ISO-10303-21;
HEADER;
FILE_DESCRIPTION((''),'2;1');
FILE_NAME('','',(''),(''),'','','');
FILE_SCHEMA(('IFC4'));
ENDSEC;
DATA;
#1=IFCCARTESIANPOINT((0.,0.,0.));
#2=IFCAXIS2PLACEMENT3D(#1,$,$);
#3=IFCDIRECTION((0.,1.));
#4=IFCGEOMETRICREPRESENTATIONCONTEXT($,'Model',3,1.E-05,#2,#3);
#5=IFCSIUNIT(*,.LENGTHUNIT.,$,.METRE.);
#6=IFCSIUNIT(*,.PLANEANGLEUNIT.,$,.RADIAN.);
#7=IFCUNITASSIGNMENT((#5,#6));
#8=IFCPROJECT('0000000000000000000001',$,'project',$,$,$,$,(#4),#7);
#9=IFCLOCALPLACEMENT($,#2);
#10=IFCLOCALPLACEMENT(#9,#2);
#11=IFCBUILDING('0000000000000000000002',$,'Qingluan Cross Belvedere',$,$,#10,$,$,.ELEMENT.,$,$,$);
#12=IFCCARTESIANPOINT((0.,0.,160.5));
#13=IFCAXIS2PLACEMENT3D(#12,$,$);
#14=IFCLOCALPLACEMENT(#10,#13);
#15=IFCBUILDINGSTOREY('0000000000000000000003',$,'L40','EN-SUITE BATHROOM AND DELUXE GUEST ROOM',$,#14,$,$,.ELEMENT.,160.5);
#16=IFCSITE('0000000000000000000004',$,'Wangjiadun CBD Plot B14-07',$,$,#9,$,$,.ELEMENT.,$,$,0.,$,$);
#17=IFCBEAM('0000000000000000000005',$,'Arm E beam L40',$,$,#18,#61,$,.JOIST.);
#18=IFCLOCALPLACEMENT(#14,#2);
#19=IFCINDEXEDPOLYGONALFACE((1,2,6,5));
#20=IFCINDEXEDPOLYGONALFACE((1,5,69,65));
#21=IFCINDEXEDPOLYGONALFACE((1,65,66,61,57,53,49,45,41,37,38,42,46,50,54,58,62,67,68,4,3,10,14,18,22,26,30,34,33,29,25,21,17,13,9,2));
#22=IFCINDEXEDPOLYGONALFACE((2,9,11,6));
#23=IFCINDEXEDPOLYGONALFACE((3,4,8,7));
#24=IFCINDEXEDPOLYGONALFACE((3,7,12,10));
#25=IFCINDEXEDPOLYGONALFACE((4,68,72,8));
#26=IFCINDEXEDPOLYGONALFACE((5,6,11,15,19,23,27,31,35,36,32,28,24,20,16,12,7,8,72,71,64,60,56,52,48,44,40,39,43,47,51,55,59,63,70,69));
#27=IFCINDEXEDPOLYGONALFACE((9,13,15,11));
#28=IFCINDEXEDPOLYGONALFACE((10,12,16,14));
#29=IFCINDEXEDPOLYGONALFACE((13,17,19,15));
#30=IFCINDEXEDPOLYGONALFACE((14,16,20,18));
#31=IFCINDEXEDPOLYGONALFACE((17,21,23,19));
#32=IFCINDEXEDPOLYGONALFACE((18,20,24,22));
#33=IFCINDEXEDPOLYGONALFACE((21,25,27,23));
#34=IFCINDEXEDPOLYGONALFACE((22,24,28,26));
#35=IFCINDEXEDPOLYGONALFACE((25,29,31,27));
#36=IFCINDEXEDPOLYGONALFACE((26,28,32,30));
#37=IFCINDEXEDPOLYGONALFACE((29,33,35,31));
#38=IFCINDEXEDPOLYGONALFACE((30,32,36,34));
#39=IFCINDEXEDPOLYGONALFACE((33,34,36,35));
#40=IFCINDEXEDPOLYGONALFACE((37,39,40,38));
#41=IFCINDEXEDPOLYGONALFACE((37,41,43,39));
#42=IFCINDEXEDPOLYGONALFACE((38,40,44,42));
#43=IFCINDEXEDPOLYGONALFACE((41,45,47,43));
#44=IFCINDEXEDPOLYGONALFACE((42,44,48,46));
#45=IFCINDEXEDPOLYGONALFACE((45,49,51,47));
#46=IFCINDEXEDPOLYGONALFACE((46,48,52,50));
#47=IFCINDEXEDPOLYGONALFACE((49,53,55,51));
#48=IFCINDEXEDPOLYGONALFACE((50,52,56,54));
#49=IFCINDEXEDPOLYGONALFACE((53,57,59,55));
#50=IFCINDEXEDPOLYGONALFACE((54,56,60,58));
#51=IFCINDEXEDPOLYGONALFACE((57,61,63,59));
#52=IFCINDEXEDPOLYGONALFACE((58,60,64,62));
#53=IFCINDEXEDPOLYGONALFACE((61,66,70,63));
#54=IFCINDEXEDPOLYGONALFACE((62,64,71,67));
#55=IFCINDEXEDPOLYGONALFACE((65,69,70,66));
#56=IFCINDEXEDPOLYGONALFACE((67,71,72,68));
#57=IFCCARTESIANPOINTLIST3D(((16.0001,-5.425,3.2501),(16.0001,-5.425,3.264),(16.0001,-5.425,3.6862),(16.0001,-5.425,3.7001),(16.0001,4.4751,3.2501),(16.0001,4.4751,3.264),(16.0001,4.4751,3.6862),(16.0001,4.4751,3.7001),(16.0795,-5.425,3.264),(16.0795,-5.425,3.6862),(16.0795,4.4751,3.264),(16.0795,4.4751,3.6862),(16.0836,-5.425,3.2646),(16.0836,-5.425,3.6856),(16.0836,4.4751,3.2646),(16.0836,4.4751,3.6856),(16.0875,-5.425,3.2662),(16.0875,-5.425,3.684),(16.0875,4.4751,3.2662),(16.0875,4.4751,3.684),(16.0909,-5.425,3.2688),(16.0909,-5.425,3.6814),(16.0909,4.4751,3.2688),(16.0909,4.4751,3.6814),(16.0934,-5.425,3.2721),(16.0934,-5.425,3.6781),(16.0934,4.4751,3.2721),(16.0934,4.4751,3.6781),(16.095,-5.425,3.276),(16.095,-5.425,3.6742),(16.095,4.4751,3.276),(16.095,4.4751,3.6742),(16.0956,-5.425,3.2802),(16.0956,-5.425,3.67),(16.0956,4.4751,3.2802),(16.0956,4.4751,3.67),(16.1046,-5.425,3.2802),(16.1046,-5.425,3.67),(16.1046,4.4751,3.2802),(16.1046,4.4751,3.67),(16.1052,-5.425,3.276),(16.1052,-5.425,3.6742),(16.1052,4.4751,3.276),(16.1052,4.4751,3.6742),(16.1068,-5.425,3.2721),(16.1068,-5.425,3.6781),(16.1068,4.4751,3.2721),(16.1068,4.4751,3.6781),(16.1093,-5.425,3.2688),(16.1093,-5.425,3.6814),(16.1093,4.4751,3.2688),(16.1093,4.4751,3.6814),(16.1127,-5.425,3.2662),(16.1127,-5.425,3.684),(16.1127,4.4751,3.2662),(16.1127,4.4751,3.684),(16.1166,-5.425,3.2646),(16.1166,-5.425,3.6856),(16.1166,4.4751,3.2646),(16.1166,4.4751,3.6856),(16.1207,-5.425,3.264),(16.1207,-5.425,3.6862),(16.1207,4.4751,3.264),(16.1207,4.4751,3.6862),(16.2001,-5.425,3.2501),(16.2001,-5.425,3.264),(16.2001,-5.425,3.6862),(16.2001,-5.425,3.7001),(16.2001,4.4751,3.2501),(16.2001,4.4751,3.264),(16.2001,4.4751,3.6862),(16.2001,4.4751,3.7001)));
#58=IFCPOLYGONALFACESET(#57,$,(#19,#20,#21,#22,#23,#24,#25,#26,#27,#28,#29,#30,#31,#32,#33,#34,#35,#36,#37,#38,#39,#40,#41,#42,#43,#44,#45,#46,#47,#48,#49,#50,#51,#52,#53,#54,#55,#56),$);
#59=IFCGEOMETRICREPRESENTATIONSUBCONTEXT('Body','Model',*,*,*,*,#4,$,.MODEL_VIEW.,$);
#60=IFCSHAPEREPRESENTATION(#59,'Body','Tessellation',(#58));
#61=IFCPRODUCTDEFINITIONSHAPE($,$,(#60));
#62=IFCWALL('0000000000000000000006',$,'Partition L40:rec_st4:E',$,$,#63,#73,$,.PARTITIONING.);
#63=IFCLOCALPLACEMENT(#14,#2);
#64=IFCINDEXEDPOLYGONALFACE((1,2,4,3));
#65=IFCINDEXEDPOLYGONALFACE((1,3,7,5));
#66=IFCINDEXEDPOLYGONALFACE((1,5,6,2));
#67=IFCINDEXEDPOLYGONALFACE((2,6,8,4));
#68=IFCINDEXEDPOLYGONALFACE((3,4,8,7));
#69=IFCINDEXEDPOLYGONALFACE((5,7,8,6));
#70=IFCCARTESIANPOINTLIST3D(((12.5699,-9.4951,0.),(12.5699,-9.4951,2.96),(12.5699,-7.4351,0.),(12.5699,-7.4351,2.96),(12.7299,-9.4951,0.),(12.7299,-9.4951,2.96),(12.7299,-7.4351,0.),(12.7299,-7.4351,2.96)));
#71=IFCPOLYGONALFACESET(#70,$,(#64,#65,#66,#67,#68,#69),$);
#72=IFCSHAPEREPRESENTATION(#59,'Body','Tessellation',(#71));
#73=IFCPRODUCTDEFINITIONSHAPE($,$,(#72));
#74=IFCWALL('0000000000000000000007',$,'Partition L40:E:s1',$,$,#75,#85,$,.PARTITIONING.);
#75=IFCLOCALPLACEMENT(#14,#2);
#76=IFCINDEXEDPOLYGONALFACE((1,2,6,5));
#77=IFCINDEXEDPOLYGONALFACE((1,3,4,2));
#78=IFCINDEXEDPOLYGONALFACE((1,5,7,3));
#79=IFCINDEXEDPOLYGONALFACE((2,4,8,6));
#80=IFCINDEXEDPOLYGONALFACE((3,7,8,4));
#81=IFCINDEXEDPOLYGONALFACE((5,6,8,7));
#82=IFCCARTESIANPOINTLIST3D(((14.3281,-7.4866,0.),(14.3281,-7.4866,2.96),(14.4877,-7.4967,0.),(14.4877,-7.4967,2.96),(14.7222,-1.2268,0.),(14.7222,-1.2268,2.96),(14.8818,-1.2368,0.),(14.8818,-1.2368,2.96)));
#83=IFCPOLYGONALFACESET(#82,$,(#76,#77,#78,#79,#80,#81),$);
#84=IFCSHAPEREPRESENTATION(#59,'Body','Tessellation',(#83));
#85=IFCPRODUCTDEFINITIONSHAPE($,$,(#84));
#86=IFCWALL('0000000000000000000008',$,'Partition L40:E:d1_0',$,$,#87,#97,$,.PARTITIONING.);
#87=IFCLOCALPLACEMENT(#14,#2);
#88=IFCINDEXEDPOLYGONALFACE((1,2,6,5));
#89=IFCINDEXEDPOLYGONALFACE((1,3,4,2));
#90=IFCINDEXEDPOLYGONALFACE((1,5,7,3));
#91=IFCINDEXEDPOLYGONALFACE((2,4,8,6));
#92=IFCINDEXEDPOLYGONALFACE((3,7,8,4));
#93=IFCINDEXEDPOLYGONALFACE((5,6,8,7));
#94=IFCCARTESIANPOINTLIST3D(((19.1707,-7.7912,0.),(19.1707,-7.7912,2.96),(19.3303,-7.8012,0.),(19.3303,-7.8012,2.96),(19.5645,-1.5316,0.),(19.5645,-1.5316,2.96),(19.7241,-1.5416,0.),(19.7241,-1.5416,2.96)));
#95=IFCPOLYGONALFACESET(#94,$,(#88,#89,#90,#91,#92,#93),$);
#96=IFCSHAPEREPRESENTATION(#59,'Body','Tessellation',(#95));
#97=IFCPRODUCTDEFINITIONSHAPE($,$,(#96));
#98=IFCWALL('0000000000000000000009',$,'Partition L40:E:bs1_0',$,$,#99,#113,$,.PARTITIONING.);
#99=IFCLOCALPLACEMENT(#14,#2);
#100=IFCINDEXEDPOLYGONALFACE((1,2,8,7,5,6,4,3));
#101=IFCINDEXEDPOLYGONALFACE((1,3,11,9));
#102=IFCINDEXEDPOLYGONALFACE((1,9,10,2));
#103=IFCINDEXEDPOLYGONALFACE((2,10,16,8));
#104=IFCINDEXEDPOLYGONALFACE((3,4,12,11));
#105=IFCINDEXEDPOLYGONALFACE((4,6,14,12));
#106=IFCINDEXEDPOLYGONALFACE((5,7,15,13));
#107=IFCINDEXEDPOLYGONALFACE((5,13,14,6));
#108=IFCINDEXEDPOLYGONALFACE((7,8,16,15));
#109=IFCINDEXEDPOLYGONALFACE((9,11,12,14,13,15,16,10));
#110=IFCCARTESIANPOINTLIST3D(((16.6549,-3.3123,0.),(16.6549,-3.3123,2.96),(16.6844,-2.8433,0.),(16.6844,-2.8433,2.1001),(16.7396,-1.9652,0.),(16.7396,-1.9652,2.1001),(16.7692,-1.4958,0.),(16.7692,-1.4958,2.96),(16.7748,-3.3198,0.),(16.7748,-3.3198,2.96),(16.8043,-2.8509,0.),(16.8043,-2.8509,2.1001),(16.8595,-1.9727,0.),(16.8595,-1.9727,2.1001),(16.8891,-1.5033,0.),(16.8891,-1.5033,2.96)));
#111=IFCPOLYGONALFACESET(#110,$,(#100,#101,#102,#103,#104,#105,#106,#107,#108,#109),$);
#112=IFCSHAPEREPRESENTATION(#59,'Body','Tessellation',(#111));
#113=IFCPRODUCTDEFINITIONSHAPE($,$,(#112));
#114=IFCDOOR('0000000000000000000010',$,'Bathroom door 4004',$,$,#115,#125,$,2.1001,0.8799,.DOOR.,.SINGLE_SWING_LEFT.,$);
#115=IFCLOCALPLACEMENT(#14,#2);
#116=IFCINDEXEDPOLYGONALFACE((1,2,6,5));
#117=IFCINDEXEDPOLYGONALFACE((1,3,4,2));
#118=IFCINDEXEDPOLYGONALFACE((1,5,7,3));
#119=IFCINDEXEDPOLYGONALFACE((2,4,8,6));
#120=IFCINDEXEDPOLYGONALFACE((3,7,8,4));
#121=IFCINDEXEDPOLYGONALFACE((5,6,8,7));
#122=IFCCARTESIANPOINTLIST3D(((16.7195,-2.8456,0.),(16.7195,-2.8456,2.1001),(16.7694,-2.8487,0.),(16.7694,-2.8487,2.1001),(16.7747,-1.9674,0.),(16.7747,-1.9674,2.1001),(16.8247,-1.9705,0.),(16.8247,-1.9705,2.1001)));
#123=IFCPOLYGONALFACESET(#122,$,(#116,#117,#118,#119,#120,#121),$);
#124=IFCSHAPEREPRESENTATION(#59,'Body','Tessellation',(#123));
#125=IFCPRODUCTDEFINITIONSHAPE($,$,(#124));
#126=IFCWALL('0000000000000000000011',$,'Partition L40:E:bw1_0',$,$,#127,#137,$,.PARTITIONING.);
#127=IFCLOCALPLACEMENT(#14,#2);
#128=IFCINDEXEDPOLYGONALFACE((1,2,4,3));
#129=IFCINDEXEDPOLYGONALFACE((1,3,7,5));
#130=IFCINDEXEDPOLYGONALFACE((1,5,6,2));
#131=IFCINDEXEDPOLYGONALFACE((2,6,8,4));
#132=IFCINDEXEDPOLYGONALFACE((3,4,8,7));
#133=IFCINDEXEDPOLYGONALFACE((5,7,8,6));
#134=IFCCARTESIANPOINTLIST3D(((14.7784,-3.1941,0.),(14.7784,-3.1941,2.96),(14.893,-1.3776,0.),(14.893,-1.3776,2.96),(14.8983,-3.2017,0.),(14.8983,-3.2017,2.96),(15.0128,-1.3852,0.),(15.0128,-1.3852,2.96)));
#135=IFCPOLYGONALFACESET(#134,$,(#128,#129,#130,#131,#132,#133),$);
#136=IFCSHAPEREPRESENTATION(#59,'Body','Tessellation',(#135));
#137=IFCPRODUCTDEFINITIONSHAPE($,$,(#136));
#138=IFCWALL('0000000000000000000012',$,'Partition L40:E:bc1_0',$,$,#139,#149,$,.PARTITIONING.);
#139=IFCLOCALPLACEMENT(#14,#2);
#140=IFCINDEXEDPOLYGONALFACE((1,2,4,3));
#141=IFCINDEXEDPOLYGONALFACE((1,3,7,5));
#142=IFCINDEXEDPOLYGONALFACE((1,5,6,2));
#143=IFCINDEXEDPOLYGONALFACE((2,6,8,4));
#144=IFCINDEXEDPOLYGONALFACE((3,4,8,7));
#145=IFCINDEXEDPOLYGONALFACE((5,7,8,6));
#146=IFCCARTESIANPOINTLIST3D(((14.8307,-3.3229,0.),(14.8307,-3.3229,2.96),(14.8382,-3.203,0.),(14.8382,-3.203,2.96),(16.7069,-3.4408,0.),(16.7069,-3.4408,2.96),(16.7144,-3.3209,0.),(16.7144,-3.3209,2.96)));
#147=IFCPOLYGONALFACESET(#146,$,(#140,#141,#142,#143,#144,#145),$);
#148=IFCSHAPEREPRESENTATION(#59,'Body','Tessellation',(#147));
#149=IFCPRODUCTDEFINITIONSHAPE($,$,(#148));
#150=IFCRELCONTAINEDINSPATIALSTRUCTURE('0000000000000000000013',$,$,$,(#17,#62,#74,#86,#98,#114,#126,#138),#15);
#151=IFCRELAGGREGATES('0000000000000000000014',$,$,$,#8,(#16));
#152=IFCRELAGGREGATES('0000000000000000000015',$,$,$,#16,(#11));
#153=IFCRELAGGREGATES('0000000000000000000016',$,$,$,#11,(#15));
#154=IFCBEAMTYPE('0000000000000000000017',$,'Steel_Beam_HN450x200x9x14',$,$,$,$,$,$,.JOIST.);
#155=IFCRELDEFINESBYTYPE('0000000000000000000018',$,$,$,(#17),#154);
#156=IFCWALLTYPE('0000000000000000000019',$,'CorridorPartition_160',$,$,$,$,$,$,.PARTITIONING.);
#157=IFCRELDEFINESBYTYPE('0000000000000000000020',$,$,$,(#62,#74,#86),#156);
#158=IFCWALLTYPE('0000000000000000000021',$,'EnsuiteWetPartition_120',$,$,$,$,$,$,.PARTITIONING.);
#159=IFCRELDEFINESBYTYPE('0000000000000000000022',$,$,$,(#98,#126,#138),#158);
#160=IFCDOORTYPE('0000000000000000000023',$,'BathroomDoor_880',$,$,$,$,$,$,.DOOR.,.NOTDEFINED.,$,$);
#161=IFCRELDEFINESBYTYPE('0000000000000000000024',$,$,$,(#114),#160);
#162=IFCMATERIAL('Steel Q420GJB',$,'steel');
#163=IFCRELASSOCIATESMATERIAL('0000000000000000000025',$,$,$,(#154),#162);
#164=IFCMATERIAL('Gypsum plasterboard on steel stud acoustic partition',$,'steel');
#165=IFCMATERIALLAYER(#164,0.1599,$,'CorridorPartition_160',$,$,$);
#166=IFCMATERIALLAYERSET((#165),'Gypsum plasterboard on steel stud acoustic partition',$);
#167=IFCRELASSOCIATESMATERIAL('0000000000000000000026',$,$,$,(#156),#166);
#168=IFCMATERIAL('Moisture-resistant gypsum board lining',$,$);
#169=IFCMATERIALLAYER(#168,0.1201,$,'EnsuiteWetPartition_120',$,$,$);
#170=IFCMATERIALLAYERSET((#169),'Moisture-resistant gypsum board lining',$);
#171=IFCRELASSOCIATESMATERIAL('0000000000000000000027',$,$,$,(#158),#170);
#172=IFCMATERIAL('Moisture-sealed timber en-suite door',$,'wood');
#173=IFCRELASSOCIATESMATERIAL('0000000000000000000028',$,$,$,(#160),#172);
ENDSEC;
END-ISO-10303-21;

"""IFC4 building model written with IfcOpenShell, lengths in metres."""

from ifc_helpers import new_model, si_unit, direction, frame, frame_2d, origin, origin_2d, place, context, subcontext, project, spatial, rectangle, i_section, extrude, material, layer, layer_set, material_profile, profile_set, type_object, element, fill, save


model = new_model("IFC4")

# Units and contexts
model_context = context("Model", 3, precision=1e-05, world=origin(), true_north=direction((0.0, 1.0)))
body_context = subcontext(model_context, "Body", "Model", "MODEL_VIEW")
ifc_project = project(units=[si_unit("LENGTHUNIT", "METRE"), si_unit("PLANEANGLEUNIT", "RADIAN")], contexts=[model_context])

# Site, building, storey
site_placement = place(None, origin())
site = spatial("IfcSite", under=ifc_project, at=site_placement, Name="Wangjiadun CBD Plot B14-07", CompositionType="ELEMENT", RefElevation=0.0)
building_placement = place(site_placement, origin())
building = spatial("IfcBuilding", under=site, at=building_placement, Name="Qingluan Cross Belvedere", CompositionType="ELEMENT")
storey_placement = place(building_placement, frame((0.0, 0.0, 160.5)))
storey = spatial("IfcBuildingStorey", under=building, at=storey_placement, Name="L40", Description="EN-SUITE BATHROOM AND DELUXE GUEST ROOM", CompositionType="ELEMENT", Elevation=160.5)

# Beam
ifc_material_1 = material(Name="Steel Q420GJB", Category="steel")
ifc_material_profile = material_profile(ifc_material_1, i_section(OverallWidth=0.2, OverallDepth=0.45, WebThickness=0.009, FlangeThickness=0.0139, FilletRadius=0.0161, at=origin_2d()), Name="HN450x200x9x14")
ifc_profile_set = profile_set([ifc_material_profile], Name="Steel Q420GJB")
beam_type = type_object("IfcBeamType", Name="Steel_Beam_HN450x200x9x14", PredefinedType="JOIST", material=ifc_profile_set)
beam_placement = place(storey_placement, frame((16.1001, -5.425, 3.4751), z_axis=(0.0, 1.0, 0.0), x_axis=(-1.0, 0.0, 0.0)))
element("IfcBeam", 1, at=beam_placement, inside=storey, type_object=beam_type, Name="Arm E beam L40", PredefinedType="JOIST", context=body_context, shape_type="SweptSolid", body=[
    extrude(i_section(OverallWidth=0.2, OverallDepth=0.45, WebThickness=0.009, FlangeThickness=0.0139, FilletRadius=0.0161, at=origin_2d()), origin(), (0.0, 0.0, 1.0), 9.9001),
])

# Wall
ifc_material_2 = material(Name="Gypsum plasterboard on steel stud acoustic partition", Category="steel")
ifc_layer_1 = layer(ifc_material_2, 0.1599, Name="CorridorPartition_160")
ifc_layer_set_1 = layer_set([ifc_layer_1], Name="Gypsum plasterboard on steel stud acoustic partition")
wall_type_1 = type_object("IfcWallType", Name="CorridorPartition_160", PredefinedType="PARTITIONING", material=ifc_layer_set_1)
wall_1_placement = place(storey_placement, frame((12.6499, -9.4951, 0.0), z_axis=(0.0, 0.0, 1.0), x_axis=(0.0, 1.0, 0.0)))
element("IfcWall", 2, at=wall_1_placement, inside=storey, type_object=wall_type_1, Name="Partition L40:rec_st4:E", PredefinedType="PARTITIONING", context=body_context, shape_type="SweptSolid", body=[
    extrude(rectangle(XDim=2.0601, YDim=0.1599, at=frame_2d((1.03, 0.0))), origin(), (0.0, 0.0, 1.0), 2.96),
])

# Walls
wall_2_placement = place(storey_placement, frame((14.802, -1.2317, 0.0), z_axis=(0.0, 0.0, 1.0), x_axis=(-0.062824, -0.998025, 0.0)))
element("IfcWall", 3, at=wall_2_placement, inside=storey, type_object=wall_type_1, Name="Partition L40:E:s1", PredefinedType="PARTITIONING", context=body_context, shape_type="SweptSolid", body=[
    extrude(rectangle(XDim=6.2722, YDim=0.1599, at=frame_2d((3.1362, 0.0))), origin(), (0.0, 0.0, 1.0), 2.96),
])
wall_3_placement = place(storey_placement, frame((19.6443, -1.5366, 0.0), z_axis=(0.0, 0.0, 1.0), x_axis=(-0.062788, -0.998027, 0.0)))
element("IfcWall", 4, at=wall_3_placement, inside=storey, type_object=wall_type_1, Name="Partition L40:E:d1_0", PredefinedType="PARTITIONING", context=body_context, shape_type="SweptSolid", body=[
    extrude(rectangle(XDim=6.272, YDim=0.1599, at=frame_2d((3.136, 0.0))), origin(), (0.0, 0.0, 1.0), 2.96),
])

# Wall, opening, door
ifc_material_3 = material(Name="Moisture-resistant gypsum board lining")
ifc_layer_2 = layer(ifc_material_3, 0.1201, Name="EnsuiteWetPartition_120")
ifc_layer_set_2 = layer_set([ifc_layer_2], Name="Moisture-resistant gypsum board lining")
wall_type_2 = type_object("IfcWallType", Name="EnsuiteWetPartition_120", PredefinedType="PARTITIONING", material=ifc_layer_set_2)
wall_4_placement = place(storey_placement, frame((16.7148, -3.3162, 0.0), z_axis=(0.0, 0.0, 1.0), x_axis=(0.062779, 0.998027, 0.0)))
wall_4 = element("IfcWall", 5, at=wall_4_placement, inside=storey, type_object=wall_type_2, Name="Partition L40:E:bs1_0", PredefinedType="PARTITIONING", context=body_context, shape_type="SweptSolid", body=[
    extrude(rectangle(XDim=1.8201, YDim=0.1201, at=frame_2d((0.9102, 0.0))), origin(), (0.0, 0.0, 1.0), 2.96),
])
opening_1_placement = place(wall_4_placement, frame((0.47, 0.0, 0.0)))
opening_1 = element("IfcOpeningElement", 6, at=opening_1_placement, cuts=wall_4, PredefinedType="OPENING", context=body_context, shape_type="SweptSolid", body=[
    extrude(rectangle(XDim=0.8799, YDim=2.1001, at=frame_2d((0.4399, 1.05))), frame((0.0, 0.0701, 0.0), z_axis=(0.0, -1.0, 0.0), x_axis=(1.0, 0.0, 0.0)), (0.0, 0.0, 1.0), 0.1401),
])
ifc_material_4 = material(Name="Moisture-sealed timber en-suite door", Category="wood")
door_type_1 = type_object("IfcDoorType", Name="BathroomDoor_880", OperationType="NOTDEFINED", PredefinedType="DOOR", material=ifc_material_4)
door_1_placement = place(opening_1_placement, origin())
door_1 = element("IfcDoor", 7, at=door_1_placement, inside=storey, type_object=door_type_1, Name="Bathroom door 4004", OperationType="SINGLE_SWING_LEFT", OverallHeight=2.1001, OverallWidth=0.8799, PredefinedType="DOOR", context=body_context, shape_type="SweptSolid", body=[
    extrude(rectangle(XDim=0.8799, YDim=2.1001, at=frame_2d((0.4399, 1.05))), frame((0.0, 0.0249, 0.0), z_axis=(0.0, -1.0, 0.0), x_axis=(1.0, 0.0, 0.0)), (0.0, 0.0, 1.0), 0.05),
])
fill(opening_1, door_1)

# Walls
wall_5_placement = place(storey_placement, frame((14.8384, -3.198, 0.0), z_axis=(0.0, 0.0, 1.0), x_axis=(0.062913, 0.998019, 0.0)))
element("IfcWall", 8, at=wall_5_placement, inside=storey, type_object=wall_type_2, Name="Partition L40:E:bw1_0", PredefinedType="PARTITIONING", context=body_context, shape_type="SweptSolid", body=[
    extrude(rectangle(XDim=1.8201, YDim=0.1201, at=frame_2d((0.9102, 0.0))), origin(), (0.0, 0.0, 1.0), 2.96),
])
wall_6_placement = place(storey_placement, frame((14.8345, -3.2629, 0.0), z_axis=(0.0, 0.0, 1.0), x_axis=(0.998031, -0.062726, 0.0)))
element("IfcWall", 9, at=wall_6_placement, inside=storey, type_object=wall_type_2, Name="Partition L40:E:bc1_0", PredefinedType="PARTITIONING", context=body_context, shape_type="SweptSolid", body=[
    extrude(rectangle(XDim=1.8799, YDim=0.1201, at=frame_2d((0.9399, 0.0))), origin(), (0.0, 0.0, 1.0), 2.96),
])

save(model, "model.ifc")
